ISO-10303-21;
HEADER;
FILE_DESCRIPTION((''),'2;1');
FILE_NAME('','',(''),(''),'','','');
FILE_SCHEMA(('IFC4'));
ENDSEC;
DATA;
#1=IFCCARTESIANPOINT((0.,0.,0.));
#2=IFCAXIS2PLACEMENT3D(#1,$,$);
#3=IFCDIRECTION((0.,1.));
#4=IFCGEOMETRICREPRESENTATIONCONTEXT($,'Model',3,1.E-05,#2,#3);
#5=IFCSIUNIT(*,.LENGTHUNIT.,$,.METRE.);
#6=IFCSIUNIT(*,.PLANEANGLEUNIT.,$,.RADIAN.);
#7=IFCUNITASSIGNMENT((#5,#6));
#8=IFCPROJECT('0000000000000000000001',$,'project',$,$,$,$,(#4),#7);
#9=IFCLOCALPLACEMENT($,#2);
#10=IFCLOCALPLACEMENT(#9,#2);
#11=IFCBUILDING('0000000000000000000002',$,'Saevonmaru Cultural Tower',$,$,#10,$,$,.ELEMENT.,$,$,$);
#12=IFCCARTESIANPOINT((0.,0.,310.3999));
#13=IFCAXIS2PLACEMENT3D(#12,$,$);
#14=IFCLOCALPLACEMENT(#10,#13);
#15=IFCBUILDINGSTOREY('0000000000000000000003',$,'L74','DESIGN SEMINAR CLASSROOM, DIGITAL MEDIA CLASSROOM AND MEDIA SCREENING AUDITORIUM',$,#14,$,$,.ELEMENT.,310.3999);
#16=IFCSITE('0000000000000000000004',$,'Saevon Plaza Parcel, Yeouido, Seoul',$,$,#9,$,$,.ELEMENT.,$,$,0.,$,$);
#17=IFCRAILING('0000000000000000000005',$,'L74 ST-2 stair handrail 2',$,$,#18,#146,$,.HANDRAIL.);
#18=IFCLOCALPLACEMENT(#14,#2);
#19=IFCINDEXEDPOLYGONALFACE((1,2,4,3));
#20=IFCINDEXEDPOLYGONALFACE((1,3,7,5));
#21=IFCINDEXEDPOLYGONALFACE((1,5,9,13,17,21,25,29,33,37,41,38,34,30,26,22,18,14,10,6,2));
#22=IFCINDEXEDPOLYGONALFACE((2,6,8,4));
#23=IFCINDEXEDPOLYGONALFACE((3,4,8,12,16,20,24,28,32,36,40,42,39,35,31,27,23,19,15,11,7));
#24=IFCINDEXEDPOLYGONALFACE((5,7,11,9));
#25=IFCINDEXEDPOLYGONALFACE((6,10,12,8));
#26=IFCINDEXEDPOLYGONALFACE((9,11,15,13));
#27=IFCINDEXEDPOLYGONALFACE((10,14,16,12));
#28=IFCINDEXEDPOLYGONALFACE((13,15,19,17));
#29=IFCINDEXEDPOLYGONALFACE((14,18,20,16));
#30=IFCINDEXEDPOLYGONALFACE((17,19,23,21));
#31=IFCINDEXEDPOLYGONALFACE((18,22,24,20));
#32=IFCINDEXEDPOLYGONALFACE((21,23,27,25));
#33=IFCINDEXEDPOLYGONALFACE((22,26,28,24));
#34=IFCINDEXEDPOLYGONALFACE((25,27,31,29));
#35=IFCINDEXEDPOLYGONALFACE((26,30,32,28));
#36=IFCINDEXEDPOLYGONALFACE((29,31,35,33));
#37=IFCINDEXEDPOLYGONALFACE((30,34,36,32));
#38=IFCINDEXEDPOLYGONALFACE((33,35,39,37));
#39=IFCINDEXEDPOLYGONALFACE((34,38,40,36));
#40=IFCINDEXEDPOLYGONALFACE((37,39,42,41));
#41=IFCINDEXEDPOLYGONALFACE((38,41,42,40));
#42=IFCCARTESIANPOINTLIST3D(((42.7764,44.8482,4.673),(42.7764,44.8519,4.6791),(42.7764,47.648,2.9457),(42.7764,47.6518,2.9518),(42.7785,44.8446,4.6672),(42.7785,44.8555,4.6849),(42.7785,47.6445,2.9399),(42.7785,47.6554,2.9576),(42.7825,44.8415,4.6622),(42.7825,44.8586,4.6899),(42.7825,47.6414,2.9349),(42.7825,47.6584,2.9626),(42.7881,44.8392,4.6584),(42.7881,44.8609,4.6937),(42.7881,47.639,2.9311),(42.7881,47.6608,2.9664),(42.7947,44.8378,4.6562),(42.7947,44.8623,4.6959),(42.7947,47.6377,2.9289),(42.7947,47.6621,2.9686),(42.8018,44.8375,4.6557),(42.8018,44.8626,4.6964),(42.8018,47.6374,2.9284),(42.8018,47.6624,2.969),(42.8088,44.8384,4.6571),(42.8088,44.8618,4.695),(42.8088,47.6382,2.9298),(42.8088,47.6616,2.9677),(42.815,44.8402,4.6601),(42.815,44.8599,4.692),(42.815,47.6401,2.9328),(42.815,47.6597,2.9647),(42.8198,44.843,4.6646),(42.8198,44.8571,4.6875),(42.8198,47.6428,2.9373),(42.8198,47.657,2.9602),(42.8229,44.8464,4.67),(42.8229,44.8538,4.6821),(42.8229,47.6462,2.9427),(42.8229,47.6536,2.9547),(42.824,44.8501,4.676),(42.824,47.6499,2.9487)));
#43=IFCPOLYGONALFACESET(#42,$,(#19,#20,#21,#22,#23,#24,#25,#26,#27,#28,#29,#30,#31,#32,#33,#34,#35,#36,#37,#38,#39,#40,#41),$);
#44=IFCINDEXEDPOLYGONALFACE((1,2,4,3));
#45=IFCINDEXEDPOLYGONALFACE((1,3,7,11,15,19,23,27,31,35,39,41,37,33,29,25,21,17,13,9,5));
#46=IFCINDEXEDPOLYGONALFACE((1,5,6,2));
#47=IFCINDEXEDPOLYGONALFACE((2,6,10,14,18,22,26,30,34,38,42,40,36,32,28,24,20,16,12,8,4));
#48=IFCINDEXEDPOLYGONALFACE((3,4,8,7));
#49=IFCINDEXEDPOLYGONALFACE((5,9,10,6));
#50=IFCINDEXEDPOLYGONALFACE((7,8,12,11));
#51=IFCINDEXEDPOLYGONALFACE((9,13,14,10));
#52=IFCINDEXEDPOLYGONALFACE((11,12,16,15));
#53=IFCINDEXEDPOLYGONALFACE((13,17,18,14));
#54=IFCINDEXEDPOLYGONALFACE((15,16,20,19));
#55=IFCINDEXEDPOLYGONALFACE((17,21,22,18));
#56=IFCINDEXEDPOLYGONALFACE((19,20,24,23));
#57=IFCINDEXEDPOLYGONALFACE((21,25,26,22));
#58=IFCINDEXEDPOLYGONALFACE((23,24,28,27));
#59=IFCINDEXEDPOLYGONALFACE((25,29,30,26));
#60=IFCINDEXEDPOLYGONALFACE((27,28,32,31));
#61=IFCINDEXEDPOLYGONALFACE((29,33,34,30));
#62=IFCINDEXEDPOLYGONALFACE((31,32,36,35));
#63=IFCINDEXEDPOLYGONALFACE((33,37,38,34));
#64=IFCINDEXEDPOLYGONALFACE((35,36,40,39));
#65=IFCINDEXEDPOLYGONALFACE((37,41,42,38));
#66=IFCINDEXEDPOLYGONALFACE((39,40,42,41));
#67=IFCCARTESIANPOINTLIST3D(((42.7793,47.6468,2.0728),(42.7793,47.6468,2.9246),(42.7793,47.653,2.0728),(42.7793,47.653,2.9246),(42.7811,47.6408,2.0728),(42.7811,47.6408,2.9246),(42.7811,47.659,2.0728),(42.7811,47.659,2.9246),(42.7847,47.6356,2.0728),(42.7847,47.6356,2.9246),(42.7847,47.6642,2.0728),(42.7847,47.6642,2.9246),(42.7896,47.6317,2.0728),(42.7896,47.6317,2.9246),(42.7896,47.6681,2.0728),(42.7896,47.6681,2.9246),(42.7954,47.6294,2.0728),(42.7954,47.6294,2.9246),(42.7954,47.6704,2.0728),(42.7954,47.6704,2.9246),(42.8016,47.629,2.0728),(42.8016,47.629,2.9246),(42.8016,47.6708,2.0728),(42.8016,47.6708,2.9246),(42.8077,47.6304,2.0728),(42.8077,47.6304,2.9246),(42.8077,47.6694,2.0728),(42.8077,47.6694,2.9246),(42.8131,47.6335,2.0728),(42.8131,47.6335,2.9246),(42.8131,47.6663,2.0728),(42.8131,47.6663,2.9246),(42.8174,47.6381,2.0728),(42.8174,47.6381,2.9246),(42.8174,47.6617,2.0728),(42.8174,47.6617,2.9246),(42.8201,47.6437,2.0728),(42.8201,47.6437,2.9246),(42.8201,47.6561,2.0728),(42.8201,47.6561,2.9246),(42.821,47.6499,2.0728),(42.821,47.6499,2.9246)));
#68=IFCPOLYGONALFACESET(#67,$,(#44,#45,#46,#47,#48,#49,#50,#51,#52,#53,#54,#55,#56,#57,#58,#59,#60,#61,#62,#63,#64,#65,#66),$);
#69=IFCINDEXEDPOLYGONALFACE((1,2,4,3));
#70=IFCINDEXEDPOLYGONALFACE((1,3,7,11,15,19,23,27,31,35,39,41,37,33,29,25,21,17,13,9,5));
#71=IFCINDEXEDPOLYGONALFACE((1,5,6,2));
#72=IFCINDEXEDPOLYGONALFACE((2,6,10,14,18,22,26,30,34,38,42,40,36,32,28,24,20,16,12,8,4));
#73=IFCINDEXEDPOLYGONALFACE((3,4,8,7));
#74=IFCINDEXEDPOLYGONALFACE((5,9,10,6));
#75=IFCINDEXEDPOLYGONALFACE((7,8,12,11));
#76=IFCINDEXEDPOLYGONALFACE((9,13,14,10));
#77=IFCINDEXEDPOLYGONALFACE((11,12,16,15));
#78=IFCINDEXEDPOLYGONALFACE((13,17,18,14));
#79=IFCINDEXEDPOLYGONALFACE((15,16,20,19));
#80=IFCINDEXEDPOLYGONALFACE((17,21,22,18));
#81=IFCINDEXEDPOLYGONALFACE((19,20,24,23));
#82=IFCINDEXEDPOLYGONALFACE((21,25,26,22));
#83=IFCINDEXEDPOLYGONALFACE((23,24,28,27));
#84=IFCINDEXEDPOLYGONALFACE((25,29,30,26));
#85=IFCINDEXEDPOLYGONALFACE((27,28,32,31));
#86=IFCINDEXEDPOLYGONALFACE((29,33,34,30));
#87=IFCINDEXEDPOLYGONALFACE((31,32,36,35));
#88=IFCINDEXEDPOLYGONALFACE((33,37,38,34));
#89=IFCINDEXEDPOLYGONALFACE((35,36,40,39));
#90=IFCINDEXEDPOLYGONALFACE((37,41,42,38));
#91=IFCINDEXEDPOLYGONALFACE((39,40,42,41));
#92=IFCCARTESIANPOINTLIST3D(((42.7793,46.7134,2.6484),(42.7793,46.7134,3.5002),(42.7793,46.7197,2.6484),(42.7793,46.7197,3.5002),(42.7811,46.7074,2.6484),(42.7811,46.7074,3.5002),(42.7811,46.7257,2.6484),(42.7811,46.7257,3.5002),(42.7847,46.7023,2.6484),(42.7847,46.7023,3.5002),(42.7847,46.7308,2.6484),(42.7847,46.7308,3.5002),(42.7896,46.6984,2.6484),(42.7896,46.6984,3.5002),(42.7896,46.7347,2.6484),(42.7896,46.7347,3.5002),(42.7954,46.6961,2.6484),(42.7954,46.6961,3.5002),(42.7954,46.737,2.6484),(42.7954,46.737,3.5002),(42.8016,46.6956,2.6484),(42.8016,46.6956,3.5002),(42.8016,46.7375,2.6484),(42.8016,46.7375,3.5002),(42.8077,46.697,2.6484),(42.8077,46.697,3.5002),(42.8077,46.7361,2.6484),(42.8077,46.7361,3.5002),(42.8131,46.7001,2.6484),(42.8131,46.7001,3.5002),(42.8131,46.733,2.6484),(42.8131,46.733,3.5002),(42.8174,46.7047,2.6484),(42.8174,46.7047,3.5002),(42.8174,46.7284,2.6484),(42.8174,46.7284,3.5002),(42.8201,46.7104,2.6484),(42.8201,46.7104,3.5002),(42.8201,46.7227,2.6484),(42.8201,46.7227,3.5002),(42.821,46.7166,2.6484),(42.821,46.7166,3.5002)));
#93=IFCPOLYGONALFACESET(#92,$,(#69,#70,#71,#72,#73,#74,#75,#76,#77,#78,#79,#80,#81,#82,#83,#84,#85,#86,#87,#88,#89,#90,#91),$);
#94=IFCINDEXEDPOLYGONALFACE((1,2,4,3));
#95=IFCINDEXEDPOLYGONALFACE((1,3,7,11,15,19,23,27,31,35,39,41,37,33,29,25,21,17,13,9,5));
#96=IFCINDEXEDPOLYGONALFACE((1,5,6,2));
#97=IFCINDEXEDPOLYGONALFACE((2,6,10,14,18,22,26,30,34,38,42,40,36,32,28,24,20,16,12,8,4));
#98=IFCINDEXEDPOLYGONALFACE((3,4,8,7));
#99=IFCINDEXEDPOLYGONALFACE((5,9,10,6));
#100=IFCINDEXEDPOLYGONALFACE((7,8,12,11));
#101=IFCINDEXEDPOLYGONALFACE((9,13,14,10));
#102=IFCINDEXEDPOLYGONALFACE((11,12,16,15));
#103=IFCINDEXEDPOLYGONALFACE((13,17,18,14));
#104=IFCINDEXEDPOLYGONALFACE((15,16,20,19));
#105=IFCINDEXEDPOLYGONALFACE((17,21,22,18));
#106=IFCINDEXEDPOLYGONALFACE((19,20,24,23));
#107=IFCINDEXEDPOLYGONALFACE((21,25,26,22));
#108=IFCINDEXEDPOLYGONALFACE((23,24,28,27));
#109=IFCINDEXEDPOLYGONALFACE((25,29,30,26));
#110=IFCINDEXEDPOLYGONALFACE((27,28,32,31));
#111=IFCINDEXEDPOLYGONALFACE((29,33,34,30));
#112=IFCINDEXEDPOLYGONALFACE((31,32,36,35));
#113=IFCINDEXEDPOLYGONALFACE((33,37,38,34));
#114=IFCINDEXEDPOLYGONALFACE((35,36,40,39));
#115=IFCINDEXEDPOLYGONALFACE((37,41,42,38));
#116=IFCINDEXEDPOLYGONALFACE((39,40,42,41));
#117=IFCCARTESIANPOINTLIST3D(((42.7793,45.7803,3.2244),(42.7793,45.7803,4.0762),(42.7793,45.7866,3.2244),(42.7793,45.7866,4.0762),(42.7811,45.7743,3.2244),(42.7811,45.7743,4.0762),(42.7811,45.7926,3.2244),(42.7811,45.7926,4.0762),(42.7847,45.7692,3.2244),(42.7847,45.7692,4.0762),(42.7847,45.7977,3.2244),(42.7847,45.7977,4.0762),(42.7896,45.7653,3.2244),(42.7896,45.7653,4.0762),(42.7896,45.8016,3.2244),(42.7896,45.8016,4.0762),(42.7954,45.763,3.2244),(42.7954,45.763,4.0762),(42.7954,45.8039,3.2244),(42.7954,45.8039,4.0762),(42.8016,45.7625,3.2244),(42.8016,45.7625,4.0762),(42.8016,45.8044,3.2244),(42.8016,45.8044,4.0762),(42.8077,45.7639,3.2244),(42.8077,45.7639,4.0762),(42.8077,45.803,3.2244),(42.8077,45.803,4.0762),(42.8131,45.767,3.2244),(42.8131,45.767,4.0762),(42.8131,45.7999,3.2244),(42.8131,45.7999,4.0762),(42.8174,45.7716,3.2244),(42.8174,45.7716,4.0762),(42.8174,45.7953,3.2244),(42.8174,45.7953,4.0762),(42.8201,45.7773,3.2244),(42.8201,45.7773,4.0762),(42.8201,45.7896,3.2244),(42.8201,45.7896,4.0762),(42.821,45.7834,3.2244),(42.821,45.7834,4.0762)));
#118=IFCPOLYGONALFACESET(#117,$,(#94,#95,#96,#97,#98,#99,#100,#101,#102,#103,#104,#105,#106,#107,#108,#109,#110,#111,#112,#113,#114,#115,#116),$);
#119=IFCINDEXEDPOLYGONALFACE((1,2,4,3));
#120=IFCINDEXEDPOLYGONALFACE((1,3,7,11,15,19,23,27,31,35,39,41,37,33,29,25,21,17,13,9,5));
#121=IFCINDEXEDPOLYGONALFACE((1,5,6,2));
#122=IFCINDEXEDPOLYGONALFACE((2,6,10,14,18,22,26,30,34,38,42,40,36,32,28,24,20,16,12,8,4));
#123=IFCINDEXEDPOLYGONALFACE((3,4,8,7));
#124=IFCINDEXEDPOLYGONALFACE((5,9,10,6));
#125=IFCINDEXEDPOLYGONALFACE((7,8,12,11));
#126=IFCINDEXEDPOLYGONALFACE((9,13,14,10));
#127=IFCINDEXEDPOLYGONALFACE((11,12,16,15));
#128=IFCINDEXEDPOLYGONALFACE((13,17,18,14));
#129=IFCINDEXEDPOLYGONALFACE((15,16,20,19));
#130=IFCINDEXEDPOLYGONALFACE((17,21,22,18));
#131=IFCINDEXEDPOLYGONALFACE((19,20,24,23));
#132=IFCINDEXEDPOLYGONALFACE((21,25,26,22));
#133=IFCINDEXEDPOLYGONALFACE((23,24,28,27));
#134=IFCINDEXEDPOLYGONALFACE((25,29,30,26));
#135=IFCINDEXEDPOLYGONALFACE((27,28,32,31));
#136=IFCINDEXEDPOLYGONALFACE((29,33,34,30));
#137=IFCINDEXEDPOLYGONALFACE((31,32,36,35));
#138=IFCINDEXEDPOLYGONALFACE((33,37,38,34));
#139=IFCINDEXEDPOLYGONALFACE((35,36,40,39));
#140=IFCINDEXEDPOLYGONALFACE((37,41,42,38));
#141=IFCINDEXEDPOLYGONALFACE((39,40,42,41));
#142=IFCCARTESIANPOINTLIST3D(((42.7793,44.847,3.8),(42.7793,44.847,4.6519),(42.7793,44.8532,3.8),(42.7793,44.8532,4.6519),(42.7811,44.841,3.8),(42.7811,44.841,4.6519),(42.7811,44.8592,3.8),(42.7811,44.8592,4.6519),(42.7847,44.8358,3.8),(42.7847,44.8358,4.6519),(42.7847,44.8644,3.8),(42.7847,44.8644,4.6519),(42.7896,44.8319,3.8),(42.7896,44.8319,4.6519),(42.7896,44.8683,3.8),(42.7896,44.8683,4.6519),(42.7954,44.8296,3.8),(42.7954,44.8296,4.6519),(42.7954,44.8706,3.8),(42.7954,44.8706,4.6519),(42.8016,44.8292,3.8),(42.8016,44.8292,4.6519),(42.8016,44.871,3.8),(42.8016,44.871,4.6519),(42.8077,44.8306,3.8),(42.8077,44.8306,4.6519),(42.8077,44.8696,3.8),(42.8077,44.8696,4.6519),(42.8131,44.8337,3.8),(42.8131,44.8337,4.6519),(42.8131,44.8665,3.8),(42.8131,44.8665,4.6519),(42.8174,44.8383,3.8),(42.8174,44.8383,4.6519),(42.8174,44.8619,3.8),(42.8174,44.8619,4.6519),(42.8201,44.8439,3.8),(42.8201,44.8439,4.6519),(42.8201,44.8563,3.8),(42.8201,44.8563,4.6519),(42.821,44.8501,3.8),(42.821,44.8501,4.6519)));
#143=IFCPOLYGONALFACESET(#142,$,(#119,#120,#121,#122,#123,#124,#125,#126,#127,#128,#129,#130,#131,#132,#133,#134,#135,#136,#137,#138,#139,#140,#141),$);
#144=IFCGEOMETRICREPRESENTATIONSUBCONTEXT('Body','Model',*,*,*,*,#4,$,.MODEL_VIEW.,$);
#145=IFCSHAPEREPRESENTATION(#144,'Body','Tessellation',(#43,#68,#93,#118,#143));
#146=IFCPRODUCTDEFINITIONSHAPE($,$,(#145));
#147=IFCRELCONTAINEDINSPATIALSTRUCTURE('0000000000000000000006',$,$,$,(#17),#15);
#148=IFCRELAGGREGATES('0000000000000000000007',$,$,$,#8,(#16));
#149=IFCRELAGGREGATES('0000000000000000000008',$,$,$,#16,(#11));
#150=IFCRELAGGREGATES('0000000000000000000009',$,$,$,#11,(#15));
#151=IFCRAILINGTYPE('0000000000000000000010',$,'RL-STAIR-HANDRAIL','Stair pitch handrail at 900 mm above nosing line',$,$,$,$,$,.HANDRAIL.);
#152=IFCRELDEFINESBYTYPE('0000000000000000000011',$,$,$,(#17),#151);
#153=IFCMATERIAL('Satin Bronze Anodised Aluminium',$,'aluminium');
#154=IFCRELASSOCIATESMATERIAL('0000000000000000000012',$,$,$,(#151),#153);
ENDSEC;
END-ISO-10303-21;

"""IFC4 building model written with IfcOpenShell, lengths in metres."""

from ifc_helpers import new_model, si_unit, direction, frame, origin, origin_2d, place, context, subcontext, project, spatial, circle, extrude, material, type_object, element, save


model = new_model("IFC4")

# Units and contexts
model_context = context("Model", 3, precision=1e-05, world=origin(), true_north=direction((0.0, 1.0)))
body_context = subcontext(model_context, "Body", "Model", "MODEL_VIEW")
ifc_project = project(units=[si_unit("LENGTHUNIT", "METRE"), si_unit("PLANEANGLEUNIT", "RADIAN")], contexts=[model_context])

# Site, building, storey
site_placement = place(None, origin())
site = spatial("IfcSite", under=ifc_project, at=site_placement, Name="Saevon Plaza Parcel, Yeouido, Seoul", CompositionType="ELEMENT", RefElevation=0.0)
building_placement = place(site_placement, origin())
building = spatial("IfcBuilding", under=site, at=building_placement, Name="Saevonmaru Cultural Tower", CompositionType="ELEMENT")
storey_placement = place(building_placement, frame((0.0, 0.0, 310.3999)))
storey = spatial("IfcBuildingStorey", under=building, at=storey_placement, Name="L74", Description="DESIGN SEMINAR CLASSROOM, DIGITAL MEDIA CLASSROOM AND MEDIA SCREENING AUDITORIUM", CompositionType="ELEMENT", Elevation=310.3999)

# Shared definitions
ifc_material_1 = material(Name="Satin Bronze Anodised Aluminium", Category="aluminium")

# Railing
railing_type_1 = type_object("IfcRailingType", Name="RL-STAIR-HANDRAIL", Description="Stair pitch handrail at 900 mm above nosing line", PredefinedType="HANDRAIL", material=ifc_material_1)
railing_1_placement = place(storey_placement, frame((42.8, 47.6499, 2.0728)))
element("IfcRailing", 1, at=railing_1_placement, inside=storey, type_object=railing_type_1, Name="L74 ST-2 stair handrail 2", PredefinedType="HANDRAIL", context=body_context, shape_type="SweptSolid", body=[
    extrude(circle(Radius=0.0239, at=origin_2d()), frame((0.0, 0.0, 0.876), z_axis=(0.0, -0.851069, 0.525054), x_axis=(1.0, 0.0, 0.0)), (0.0, 0.0, 1.0), 3.2898),
    extrude(circle(Radius=0.021, at=origin_2d()), origin(), (0.0, 0.0, 1.0), 0.8518),
    extrude(circle(Radius=0.021, at=origin_2d()), frame((0.0, -0.9333, 0.5757)), (0.0, 0.0, 1.0), 0.8518),
    extrude(circle(Radius=0.021, at=origin_2d()), frame((0.0, -1.8665, 1.1516)), (0.0, 0.0, 1.0), 0.8518),
    extrude(circle(Radius=0.021, at=origin_2d()), frame((0.0, -2.7998, 1.7273)), (0.0, 0.0, 1.0), 0.8518),
])

save(model, "model.ifc")
